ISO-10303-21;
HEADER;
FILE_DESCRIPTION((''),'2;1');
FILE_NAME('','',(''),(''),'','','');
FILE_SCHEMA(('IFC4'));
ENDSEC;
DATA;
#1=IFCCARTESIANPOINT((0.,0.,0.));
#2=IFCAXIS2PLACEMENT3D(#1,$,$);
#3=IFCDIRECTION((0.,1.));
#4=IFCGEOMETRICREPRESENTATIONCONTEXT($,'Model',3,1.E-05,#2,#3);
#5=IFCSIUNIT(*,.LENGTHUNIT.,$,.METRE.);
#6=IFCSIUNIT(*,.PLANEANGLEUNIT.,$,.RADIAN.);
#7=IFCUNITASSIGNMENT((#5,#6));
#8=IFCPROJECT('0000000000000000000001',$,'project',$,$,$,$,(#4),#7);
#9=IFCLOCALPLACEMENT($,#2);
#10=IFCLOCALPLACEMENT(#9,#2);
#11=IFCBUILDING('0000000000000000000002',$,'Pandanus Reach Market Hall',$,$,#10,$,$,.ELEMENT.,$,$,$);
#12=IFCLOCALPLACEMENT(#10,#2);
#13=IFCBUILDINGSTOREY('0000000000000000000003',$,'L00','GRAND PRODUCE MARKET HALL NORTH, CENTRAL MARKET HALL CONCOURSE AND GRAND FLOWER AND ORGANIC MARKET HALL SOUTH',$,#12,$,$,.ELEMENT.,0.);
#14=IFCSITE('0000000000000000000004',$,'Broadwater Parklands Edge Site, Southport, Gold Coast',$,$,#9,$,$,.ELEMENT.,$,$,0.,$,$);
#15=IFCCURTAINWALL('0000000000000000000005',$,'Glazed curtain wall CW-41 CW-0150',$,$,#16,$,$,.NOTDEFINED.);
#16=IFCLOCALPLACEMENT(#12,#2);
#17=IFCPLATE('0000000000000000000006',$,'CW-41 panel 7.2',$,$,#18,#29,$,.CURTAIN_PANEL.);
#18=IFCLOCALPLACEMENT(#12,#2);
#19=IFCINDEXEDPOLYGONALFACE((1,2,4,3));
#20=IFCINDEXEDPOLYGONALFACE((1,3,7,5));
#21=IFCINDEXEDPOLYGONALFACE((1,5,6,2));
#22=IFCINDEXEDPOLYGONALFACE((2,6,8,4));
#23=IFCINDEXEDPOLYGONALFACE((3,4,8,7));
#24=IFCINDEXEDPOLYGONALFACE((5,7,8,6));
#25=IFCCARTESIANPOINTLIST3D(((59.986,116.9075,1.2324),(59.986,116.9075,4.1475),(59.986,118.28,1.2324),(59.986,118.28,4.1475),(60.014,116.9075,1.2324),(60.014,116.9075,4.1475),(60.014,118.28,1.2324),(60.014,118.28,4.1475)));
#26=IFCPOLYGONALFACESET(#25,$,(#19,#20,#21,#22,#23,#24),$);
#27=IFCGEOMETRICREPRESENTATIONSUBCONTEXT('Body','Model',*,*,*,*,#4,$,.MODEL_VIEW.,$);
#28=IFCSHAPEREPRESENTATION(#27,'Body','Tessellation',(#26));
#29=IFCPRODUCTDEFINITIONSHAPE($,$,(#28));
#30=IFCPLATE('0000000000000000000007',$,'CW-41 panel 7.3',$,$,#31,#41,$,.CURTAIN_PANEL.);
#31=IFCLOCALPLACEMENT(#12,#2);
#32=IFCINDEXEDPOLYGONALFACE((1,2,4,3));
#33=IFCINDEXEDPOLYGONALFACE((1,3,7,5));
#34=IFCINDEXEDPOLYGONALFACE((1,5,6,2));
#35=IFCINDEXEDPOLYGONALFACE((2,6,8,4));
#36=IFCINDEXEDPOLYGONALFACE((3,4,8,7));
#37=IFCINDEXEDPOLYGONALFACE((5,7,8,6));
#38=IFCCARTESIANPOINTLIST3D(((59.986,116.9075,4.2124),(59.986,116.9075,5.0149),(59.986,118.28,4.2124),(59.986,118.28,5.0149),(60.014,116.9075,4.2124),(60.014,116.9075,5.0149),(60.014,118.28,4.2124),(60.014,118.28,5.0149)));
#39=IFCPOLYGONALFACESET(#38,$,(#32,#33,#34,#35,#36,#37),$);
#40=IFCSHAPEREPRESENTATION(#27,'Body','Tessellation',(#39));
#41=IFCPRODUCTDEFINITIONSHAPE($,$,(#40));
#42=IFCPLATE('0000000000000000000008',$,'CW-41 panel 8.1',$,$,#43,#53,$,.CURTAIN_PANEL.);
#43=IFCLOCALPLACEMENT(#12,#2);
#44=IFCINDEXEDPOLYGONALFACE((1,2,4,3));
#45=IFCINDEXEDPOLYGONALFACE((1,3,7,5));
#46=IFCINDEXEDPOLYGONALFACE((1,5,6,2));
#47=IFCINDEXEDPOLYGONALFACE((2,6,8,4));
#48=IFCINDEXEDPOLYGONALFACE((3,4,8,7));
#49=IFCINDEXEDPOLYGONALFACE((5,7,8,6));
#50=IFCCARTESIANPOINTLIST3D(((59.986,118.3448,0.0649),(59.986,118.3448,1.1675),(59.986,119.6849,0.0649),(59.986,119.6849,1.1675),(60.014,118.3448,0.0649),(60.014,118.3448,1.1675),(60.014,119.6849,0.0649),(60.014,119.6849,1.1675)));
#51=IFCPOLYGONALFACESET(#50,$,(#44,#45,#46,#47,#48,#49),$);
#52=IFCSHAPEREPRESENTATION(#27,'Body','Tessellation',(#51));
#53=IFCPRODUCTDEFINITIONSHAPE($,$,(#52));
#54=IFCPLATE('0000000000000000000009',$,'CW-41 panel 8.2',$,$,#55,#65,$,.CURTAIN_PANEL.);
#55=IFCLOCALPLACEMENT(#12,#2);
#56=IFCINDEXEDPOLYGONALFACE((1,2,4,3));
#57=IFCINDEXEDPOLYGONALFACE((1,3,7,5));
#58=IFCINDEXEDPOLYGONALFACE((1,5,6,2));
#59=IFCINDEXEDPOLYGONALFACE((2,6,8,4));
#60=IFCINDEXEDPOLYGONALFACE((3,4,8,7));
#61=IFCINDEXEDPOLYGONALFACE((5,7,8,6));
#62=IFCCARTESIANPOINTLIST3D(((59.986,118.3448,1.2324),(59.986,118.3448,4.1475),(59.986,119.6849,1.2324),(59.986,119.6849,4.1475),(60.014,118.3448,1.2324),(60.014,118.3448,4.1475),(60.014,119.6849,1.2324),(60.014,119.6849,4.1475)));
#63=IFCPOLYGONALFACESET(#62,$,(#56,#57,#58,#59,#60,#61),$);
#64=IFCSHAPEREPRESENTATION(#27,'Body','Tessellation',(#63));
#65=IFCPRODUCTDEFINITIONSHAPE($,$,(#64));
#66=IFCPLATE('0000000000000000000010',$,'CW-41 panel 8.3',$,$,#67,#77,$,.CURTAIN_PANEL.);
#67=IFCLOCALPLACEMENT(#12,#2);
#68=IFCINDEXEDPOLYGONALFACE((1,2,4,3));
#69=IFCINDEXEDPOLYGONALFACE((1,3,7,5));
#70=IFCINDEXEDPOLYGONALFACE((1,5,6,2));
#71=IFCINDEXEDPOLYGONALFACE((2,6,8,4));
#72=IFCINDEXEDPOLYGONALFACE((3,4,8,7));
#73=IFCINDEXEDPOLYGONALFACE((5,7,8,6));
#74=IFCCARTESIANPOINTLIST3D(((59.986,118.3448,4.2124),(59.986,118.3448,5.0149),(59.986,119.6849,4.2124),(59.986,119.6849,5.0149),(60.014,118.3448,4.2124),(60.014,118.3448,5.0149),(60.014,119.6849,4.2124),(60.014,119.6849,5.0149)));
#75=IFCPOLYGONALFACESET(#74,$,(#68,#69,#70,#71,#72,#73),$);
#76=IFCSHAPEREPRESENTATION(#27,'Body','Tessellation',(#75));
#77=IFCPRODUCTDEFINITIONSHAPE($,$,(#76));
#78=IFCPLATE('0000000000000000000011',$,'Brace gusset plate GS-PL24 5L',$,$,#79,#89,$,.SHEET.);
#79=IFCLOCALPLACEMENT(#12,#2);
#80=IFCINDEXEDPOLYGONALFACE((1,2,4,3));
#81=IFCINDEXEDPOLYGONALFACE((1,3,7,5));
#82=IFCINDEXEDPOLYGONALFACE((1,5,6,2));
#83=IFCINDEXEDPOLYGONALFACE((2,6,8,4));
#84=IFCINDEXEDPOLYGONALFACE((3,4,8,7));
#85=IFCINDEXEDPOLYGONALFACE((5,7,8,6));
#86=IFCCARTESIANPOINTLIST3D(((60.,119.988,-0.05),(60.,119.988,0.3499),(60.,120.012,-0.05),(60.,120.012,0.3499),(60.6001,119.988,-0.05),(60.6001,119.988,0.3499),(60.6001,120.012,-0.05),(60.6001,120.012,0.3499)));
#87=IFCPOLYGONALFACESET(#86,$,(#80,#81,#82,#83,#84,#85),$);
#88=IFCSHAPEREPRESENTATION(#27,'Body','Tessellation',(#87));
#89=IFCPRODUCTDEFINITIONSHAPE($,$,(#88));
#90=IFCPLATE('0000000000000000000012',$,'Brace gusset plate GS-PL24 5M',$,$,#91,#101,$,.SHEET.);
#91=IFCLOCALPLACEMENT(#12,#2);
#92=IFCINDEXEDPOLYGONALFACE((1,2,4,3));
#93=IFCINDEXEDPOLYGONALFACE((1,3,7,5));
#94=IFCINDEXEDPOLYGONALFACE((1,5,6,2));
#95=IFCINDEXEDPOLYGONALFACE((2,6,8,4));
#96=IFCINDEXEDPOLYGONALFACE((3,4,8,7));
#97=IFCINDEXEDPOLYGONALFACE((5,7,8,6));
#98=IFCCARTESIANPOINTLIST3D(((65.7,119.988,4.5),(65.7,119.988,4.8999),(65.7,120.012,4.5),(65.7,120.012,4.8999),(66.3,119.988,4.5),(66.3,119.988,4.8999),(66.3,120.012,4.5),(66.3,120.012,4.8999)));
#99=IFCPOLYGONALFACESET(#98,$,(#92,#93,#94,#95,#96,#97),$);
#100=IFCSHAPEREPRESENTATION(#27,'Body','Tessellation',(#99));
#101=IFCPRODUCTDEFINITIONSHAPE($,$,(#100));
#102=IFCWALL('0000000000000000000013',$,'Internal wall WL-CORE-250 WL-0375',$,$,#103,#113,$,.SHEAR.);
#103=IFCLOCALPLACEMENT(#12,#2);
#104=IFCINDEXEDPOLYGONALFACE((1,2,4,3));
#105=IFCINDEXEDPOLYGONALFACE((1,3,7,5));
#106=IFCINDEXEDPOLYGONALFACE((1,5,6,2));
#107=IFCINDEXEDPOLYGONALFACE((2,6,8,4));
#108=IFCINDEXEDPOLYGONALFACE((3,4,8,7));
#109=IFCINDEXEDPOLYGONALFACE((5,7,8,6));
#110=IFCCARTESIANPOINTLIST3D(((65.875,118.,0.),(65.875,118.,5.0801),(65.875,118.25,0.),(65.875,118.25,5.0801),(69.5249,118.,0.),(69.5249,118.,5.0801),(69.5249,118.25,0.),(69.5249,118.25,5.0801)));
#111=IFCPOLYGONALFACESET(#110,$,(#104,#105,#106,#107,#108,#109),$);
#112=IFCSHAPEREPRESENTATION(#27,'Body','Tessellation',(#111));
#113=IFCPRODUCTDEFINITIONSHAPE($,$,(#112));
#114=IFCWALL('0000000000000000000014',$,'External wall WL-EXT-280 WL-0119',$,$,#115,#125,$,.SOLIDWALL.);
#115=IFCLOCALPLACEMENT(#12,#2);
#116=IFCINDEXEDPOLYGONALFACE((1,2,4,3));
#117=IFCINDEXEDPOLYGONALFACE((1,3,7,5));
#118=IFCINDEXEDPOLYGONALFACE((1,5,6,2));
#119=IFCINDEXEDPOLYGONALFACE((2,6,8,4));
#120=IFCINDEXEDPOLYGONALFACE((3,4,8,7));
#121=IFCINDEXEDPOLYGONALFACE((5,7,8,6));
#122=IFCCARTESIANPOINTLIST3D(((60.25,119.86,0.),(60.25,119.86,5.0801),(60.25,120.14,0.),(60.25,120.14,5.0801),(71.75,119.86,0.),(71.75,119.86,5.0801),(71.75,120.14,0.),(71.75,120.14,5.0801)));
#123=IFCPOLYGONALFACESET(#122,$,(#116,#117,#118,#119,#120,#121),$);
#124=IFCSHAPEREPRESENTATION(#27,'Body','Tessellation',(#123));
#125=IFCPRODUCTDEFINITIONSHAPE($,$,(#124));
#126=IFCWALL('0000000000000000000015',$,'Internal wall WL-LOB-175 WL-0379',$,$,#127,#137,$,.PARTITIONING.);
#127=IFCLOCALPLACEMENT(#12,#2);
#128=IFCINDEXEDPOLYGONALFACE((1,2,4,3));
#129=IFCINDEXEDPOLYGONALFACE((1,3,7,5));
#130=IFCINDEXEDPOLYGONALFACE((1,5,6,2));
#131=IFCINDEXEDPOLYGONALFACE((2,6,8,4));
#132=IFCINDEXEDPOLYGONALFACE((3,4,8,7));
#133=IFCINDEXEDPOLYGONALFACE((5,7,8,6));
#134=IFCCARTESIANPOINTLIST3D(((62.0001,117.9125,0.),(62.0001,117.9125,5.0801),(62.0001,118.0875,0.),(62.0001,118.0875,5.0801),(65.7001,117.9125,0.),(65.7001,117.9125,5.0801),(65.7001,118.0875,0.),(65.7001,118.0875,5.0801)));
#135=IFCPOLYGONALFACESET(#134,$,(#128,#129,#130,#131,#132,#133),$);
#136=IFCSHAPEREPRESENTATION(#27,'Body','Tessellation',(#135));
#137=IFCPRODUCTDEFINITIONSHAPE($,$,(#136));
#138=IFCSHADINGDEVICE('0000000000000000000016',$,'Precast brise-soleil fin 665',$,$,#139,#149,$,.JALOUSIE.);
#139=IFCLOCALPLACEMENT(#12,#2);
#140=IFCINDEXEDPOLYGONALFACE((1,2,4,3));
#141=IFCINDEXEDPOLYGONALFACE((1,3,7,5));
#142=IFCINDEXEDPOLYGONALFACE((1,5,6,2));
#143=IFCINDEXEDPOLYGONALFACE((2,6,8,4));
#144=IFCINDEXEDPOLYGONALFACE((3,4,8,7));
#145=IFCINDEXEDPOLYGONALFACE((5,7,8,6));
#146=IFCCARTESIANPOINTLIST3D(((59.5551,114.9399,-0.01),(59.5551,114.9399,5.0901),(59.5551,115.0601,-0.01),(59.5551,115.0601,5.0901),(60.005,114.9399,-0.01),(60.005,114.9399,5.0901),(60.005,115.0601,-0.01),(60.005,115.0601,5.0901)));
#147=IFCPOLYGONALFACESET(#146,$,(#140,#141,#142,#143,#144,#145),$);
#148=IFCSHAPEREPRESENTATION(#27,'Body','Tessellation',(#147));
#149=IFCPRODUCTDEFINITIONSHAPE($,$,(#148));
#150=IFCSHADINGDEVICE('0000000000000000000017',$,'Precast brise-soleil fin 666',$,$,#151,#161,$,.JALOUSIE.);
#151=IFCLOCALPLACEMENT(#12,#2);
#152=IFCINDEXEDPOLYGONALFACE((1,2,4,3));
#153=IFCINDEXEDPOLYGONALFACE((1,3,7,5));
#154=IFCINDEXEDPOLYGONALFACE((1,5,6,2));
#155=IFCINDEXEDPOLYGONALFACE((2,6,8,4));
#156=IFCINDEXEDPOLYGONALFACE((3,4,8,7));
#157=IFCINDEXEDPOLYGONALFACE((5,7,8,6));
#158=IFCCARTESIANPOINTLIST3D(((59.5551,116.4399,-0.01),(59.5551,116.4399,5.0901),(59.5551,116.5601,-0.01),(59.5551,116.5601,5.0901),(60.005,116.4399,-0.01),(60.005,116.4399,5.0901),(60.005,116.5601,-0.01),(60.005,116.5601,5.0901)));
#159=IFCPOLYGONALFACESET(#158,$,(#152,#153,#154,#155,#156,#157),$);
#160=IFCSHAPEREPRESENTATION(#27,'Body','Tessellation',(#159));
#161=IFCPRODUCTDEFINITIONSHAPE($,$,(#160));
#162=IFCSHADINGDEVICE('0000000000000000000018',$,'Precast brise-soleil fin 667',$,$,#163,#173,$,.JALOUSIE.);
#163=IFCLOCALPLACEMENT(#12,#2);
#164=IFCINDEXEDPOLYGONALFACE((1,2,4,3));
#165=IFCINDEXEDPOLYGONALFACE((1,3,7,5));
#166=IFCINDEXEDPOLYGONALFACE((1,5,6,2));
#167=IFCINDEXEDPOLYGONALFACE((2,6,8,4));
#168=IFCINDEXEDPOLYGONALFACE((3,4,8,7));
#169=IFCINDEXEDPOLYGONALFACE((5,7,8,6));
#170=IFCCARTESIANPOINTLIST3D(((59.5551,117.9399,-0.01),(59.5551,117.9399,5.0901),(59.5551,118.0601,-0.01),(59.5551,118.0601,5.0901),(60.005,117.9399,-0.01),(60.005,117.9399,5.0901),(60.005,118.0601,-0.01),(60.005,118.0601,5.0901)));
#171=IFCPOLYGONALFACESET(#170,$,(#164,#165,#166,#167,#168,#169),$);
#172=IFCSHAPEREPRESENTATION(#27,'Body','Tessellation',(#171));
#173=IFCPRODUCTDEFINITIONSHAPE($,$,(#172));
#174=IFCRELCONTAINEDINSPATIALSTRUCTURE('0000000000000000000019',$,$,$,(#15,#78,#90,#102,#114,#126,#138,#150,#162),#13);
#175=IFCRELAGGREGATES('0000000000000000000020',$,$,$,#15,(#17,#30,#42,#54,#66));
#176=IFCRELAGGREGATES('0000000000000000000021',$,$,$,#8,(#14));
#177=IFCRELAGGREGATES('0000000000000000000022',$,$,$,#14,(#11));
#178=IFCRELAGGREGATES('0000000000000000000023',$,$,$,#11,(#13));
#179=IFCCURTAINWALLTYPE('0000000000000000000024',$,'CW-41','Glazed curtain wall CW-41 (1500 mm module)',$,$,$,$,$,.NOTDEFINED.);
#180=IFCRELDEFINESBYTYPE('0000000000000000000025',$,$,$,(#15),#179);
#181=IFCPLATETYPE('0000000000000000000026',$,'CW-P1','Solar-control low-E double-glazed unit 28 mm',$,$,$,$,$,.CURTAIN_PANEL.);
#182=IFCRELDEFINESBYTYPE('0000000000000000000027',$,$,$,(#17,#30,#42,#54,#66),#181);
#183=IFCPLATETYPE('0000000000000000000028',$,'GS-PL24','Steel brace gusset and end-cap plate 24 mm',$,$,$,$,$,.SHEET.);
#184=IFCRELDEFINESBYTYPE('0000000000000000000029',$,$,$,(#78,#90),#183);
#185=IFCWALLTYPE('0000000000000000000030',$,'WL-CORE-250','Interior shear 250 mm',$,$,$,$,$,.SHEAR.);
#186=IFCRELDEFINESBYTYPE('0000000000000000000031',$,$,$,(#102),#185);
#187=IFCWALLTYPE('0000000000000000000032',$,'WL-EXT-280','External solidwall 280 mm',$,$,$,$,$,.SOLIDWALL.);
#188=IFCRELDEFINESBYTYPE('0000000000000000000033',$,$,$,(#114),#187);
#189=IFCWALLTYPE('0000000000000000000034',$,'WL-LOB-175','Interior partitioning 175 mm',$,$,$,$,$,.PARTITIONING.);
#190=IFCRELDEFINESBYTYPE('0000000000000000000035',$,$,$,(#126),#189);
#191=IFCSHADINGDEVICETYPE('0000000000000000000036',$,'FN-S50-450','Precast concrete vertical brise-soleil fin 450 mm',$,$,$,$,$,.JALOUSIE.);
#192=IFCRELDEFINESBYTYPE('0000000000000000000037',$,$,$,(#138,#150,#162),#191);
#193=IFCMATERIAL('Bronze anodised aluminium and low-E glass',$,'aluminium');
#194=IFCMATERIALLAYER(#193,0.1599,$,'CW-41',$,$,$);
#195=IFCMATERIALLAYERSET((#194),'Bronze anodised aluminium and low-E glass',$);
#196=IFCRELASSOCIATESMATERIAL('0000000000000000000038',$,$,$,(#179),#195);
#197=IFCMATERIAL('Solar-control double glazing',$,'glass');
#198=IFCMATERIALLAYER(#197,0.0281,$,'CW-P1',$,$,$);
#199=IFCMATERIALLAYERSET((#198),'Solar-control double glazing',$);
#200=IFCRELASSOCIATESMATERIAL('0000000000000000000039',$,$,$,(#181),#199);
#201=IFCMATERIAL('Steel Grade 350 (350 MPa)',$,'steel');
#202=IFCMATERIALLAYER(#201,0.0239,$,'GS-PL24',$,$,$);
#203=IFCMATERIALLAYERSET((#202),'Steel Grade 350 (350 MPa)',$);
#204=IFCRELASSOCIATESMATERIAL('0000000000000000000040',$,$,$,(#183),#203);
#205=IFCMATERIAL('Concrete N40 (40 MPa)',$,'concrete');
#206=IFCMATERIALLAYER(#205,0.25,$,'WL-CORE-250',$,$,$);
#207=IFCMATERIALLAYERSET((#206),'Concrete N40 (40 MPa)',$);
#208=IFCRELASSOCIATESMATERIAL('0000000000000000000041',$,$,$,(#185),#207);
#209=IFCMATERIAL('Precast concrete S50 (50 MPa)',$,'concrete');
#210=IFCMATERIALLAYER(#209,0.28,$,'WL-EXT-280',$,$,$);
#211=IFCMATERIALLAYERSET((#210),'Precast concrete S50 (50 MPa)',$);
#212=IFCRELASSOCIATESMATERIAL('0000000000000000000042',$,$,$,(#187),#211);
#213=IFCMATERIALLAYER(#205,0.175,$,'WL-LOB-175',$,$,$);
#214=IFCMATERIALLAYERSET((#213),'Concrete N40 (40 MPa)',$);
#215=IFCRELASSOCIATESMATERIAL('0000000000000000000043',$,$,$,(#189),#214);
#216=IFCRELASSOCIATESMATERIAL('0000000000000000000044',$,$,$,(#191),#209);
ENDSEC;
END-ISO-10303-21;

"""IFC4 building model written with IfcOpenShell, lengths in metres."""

from ifc_helpers import new_model, si_unit, direction, frame, frame_2d, origin, origin_2d, place, context, subcontext, project, spatial, rectangle, extrude, material, layer, layer_set, type_object, element, aggregate, save


model = new_model("IFC4")

# Units and contexts
model_context = context("Model", 3, precision=1e-05, world=origin(), true_north=direction((0.0, 1.0)))
body_context = subcontext(model_context, "Body", "Model", "MODEL_VIEW")
ifc_project = project(units=[si_unit("LENGTHUNIT", "METRE"), si_unit("PLANEANGLEUNIT", "RADIAN")], contexts=[model_context])

# Site, building, storey
site_placement = place(None, origin())
site = spatial("IfcSite", under=ifc_project, at=site_placement, Name="Broadwater Parklands Edge Site, Southport, Gold Coast", CompositionType="ELEMENT", RefElevation=0.0)
building_placement = place(site_placement, origin())
building = spatial("IfcBuilding", under=site, at=building_placement, Name="Pandanus Reach Market Hall", CompositionType="ELEMENT")
storey_placement = place(building_placement, origin())
storey = spatial("IfcBuildingStorey", under=building, at=storey_placement, Name="L00", Description="GRAND PRODUCE MARKET HALL NORTH, CENTRAL MARKET HALL CONCOURSE AND GRAND FLOWER AND ORGANIC MARKET HALL SOUTH", CompositionType="ELEMENT", Elevation=0.0)

# Shared definitions
ifc_material_1 = material(Name="Concrete N40 (40 MPa)", Category="concrete")

# Shared definitions
ifc_material_2 = material(Name="Steel Grade 350 (350 MPa)", Category="steel")

# Curtain wall, plates
ifc_material_3 = material(Name="Bronze anodised aluminium and low-E glass", Category="aluminium")
ifc_layer_1 = layer(ifc_material_3, 0.1599, Name="CW-41")
ifc_layer_set_1 = layer_set([ifc_layer_1], Name="Bronze anodised aluminium and low-E glass")
curtain_wall_type = type_object("IfcCurtainWallType", Name="CW-41", Description="Glazed curtain wall CW-41 (1500 mm module)", PredefinedType="NOTDEFINED", material=ifc_layer_set_1)
curtain_wall_placement = place(storey_placement, origin())
curtain_wall = element("IfcCurtainWall", 1, at=curtain_wall_placement, inside=storey, type_object=curtain_wall_type, Name="Glazed curtain wall CW-41 CW-0150", PredefinedType="NOTDEFINED")
ifc_material_4 = material(Name="Solar-control double glazing", Category="glass")
ifc_layer_2 = layer(ifc_material_4, 0.0281, Name="CW-P1")
ifc_layer_set_2 = layer_set([ifc_layer_2], Name="Solar-control double glazing")
plate_type_1 = type_object("IfcPlateType", Name="CW-P1", Description="Solar-control low-E double-glazed unit 28 mm", PredefinedType="CURTAIN_PANEL", material=ifc_layer_set_2)
plate_1_placement = place(storey_placement, frame((60.0, 117.5938, 1.2324), z_axis=(0.0, 0.0, 1.0), x_axis=(0.0, 1.0, 0.0)))
plate_1 = element("IfcPlate", 2, at=plate_1_placement, type_object=plate_type_1, Name="CW-41 panel 7.2", PredefinedType="CURTAIN_PANEL", context=body_context, shape_type="SweptSolid", body=[
    extrude(rectangle(XDim=1.3726, YDim=0.0281, at=origin_2d()), origin(), (0.0, 0.0, 1.0), 2.915),
])
plate_2_placement = place(storey_placement, frame((60.0, 117.5938, 4.2124), z_axis=(0.0, 0.0, 1.0), x_axis=(0.0, 1.0, 0.0)))
plate_2 = element("IfcPlate", 3, at=plate_2_placement, type_object=plate_type_1, Name="CW-41 panel 7.3", PredefinedType="CURTAIN_PANEL", context=body_context, shape_type="SweptSolid", body=[
    extrude(rectangle(XDim=1.3726, YDim=0.0281, at=origin_2d()), origin(), (0.0, 0.0, 1.0), 0.8025),
])
plate_3_placement = place(storey_placement, frame((60.0, 119.0149, 0.0649), z_axis=(0.0, 0.0, 1.0), x_axis=(0.0, 1.0, 0.0)))
plate_3 = element("IfcPlate", 4, at=plate_3_placement, type_object=plate_type_1, Name="CW-41 panel 8.1", PredefinedType="CURTAIN_PANEL", context=body_context, shape_type="SweptSolid", body=[
    extrude(rectangle(XDim=1.3401, YDim=0.0281, at=origin_2d()), origin(), (0.0, 0.0, 1.0), 1.1025),
])
plate_4_placement = place(storey_placement, frame((60.0, 119.0149, 1.2324), z_axis=(0.0, 0.0, 1.0), x_axis=(0.0, 1.0, 0.0)))
plate_4 = element("IfcPlate", 5, at=plate_4_placement, type_object=plate_type_1, Name="CW-41 panel 8.2", PredefinedType="CURTAIN_PANEL", context=body_context, shape_type="SweptSolid", body=[
    extrude(rectangle(XDim=1.3401, YDim=0.0281, at=origin_2d()), origin(), (0.0, 0.0, 1.0), 2.915),
])
plate_5_placement = place(storey_placement, frame((60.0, 119.0149, 4.2124), z_axis=(0.0, 0.0, 1.0), x_axis=(0.0, 1.0, 0.0)))
plate_5 = element("IfcPlate", 6, at=plate_5_placement, type_object=plate_type_1, Name="CW-41 panel 8.3", PredefinedType="CURTAIN_PANEL", context=body_context, shape_type="SweptSolid", body=[
    extrude(rectangle(XDim=1.3401, YDim=0.0281, at=origin_2d()), origin(), (0.0, 0.0, 1.0), 0.8025),
])
aggregate(curtain_wall, [plate_1, plate_2, plate_3, plate_4, plate_5])

# Plates
ifc_layer_3 = layer(ifc_material_2, 0.0239, Name="GS-PL24")
ifc_layer_set_3 = layer_set([ifc_layer_3], Name="Steel Grade 350 (350 MPa)")
plate_type_2 = type_object("IfcPlateType", Name="GS-PL24", Description="Steel brace gusset and end-cap plate 24 mm", PredefinedType="SHEET", material=ifc_layer_set_3)
for number, where, z_axis, x_axis, name in (
    (7, (60.3, 120.0, -0.05), (0.0, 0.0, 1.0), (1.0, 0.0, 0.0), "Brace gusset plate GS-PL24 5L"),
    (8, (66.0, 120.0, 4.5), (0.0, 0.0, 1.0), (1.0, 0.0, 0.0), "Brace gusset plate GS-PL24 5M"),
):
    element("IfcPlate", number, at=place(storey_placement, frame(where, z_axis=z_axis, x_axis=x_axis)), inside=storey, type_object=plate_type_2, Name=name, PredefinedType="SHEET", context=body_context, shape_type="SweptSolid", body=[
        extrude(rectangle(XDim=0.6001, YDim=0.0239, at=origin_2d()), origin(), (0.0, 0.0, 1.0), 0.3999),
    ])

# Walls
ifc_layer_4 = layer(ifc_material_1, 0.25, Name="WL-CORE-250")
ifc_layer_set_4 = layer_set([ifc_layer_4], Name="Concrete N40 (40 MPa)")
wall_type_1 = type_object("IfcWallType", Name="WL-CORE-250", Description="Interior shear 250 mm", PredefinedType="SHEAR", material=ifc_layer_set_4)
wall_1_placement = place(storey_placement, frame((65.875, 118.125, 0.0), z_axis=(0.0, 0.0, 1.0), x_axis=(1.0, 0.0, 0.0)))
element("IfcWall", 9, at=wall_1_placement, inside=storey, type_object=wall_type_1, Name="Internal wall WL-CORE-250 WL-0375", PredefinedType="SHEAR", context=body_context, shape_type="SweptSolid", body=[
    extrude(rectangle(XDim=3.6499, YDim=0.25, at=frame_2d((1.825, 0.0))), origin(), (0.0, 0.0, 1.0), 5.0801),
])
ifc_material_5 = material(Name="Precast concrete S50 (50 MPa)", Category="concrete")
ifc_layer_5 = layer(ifc_material_5, 0.28, Name="WL-EXT-280")
ifc_layer_set_5 = layer_set([ifc_layer_5], Name="Precast concrete S50 (50 MPa)")
wall_type_2 = type_object("IfcWallType", Name="WL-EXT-280", Description="External solidwall 280 mm", PredefinedType="SOLIDWALL", material=ifc_layer_set_5)
wall_2_placement = place(storey_placement, frame((60.25, 120.0, 0.0), z_axis=(0.0, 0.0, 1.0), x_axis=(1.0, 0.0, 0.0)))
element("IfcWall", 10, at=wall_2_placement, inside=storey, type_object=wall_type_2, Name="External wall WL-EXT-280 WL-0119", PredefinedType="SOLIDWALL", context=body_context, shape_type="SweptSolid", body=[
    extrude(rectangle(XDim=11.5, YDim=0.28, at=frame_2d((5.75, 0.0))), origin(), (0.0, 0.0, 1.0), 5.0801),
])
ifc_layer_6 = layer(ifc_material_1, 0.175, Name="WL-LOB-175")
ifc_layer_set_6 = layer_set([ifc_layer_6], Name="Concrete N40 (40 MPa)")
wall_type_3 = type_object("IfcWallType", Name="WL-LOB-175", Description="Interior partitioning 175 mm", PredefinedType="PARTITIONING", material=ifc_layer_set_6)
wall_3_placement = place(storey_placement, frame((62.0, 118.0, 0.0), z_axis=(0.0, 0.0, 1.0), x_axis=(1.0, 0.0, 0.0)))
element("IfcWall", 11, at=wall_3_placement, inside=storey, type_object=wall_type_3, Name="Internal wall WL-LOB-175 WL-0379", PredefinedType="PARTITIONING", context=body_context, shape_type="SweptSolid", body=[
    extrude(rectangle(XDim=3.7, YDim=0.175, at=frame_2d((1.8501, 0.0))), origin(), (0.0, 0.0, 1.0), 5.0801),
])

# Shading devices
shading_device_type = type_object("IfcShadingDeviceType", Name="FN-S50-450", Description="Precast concrete vertical brise-soleil fin 450 mm", PredefinedType="JALOUSIE", material=ifc_material_5)
for number, where, z_axis, x_axis, name in (
    (12, (59.78, 115.0, -0.01), (0.0, 0.0, 1.0), (-1.0, 0.0, 0.0), "Precast brise-soleil fin 665"),
    (13, (59.78, 116.5, -0.01), (0.0, 0.0, 1.0), (-1.0, 0.0, 0.0), "Precast brise-soleil fin 666"),
    (14, (59.78, 118.0, -0.01), (0.0, 0.0, 1.0), (-1.0, 0.0, 0.0), "Precast brise-soleil fin 667"),
):
    element("IfcShadingDevice", number, at=place(storey_placement, frame(where, z_axis=z_axis, x_axis=x_axis)), inside=storey, type_object=shading_device_type, Name=name, PredefinedType="JALOUSIE", context=body_context, shape_type="SweptSolid", body=[
        extrude(rectangle(XDim=0.45, YDim=0.1201, at=origin_2d()), origin(), (0.0, 0.0, 1.0), 5.1001),
    ])

save(model, "model.ifc")
